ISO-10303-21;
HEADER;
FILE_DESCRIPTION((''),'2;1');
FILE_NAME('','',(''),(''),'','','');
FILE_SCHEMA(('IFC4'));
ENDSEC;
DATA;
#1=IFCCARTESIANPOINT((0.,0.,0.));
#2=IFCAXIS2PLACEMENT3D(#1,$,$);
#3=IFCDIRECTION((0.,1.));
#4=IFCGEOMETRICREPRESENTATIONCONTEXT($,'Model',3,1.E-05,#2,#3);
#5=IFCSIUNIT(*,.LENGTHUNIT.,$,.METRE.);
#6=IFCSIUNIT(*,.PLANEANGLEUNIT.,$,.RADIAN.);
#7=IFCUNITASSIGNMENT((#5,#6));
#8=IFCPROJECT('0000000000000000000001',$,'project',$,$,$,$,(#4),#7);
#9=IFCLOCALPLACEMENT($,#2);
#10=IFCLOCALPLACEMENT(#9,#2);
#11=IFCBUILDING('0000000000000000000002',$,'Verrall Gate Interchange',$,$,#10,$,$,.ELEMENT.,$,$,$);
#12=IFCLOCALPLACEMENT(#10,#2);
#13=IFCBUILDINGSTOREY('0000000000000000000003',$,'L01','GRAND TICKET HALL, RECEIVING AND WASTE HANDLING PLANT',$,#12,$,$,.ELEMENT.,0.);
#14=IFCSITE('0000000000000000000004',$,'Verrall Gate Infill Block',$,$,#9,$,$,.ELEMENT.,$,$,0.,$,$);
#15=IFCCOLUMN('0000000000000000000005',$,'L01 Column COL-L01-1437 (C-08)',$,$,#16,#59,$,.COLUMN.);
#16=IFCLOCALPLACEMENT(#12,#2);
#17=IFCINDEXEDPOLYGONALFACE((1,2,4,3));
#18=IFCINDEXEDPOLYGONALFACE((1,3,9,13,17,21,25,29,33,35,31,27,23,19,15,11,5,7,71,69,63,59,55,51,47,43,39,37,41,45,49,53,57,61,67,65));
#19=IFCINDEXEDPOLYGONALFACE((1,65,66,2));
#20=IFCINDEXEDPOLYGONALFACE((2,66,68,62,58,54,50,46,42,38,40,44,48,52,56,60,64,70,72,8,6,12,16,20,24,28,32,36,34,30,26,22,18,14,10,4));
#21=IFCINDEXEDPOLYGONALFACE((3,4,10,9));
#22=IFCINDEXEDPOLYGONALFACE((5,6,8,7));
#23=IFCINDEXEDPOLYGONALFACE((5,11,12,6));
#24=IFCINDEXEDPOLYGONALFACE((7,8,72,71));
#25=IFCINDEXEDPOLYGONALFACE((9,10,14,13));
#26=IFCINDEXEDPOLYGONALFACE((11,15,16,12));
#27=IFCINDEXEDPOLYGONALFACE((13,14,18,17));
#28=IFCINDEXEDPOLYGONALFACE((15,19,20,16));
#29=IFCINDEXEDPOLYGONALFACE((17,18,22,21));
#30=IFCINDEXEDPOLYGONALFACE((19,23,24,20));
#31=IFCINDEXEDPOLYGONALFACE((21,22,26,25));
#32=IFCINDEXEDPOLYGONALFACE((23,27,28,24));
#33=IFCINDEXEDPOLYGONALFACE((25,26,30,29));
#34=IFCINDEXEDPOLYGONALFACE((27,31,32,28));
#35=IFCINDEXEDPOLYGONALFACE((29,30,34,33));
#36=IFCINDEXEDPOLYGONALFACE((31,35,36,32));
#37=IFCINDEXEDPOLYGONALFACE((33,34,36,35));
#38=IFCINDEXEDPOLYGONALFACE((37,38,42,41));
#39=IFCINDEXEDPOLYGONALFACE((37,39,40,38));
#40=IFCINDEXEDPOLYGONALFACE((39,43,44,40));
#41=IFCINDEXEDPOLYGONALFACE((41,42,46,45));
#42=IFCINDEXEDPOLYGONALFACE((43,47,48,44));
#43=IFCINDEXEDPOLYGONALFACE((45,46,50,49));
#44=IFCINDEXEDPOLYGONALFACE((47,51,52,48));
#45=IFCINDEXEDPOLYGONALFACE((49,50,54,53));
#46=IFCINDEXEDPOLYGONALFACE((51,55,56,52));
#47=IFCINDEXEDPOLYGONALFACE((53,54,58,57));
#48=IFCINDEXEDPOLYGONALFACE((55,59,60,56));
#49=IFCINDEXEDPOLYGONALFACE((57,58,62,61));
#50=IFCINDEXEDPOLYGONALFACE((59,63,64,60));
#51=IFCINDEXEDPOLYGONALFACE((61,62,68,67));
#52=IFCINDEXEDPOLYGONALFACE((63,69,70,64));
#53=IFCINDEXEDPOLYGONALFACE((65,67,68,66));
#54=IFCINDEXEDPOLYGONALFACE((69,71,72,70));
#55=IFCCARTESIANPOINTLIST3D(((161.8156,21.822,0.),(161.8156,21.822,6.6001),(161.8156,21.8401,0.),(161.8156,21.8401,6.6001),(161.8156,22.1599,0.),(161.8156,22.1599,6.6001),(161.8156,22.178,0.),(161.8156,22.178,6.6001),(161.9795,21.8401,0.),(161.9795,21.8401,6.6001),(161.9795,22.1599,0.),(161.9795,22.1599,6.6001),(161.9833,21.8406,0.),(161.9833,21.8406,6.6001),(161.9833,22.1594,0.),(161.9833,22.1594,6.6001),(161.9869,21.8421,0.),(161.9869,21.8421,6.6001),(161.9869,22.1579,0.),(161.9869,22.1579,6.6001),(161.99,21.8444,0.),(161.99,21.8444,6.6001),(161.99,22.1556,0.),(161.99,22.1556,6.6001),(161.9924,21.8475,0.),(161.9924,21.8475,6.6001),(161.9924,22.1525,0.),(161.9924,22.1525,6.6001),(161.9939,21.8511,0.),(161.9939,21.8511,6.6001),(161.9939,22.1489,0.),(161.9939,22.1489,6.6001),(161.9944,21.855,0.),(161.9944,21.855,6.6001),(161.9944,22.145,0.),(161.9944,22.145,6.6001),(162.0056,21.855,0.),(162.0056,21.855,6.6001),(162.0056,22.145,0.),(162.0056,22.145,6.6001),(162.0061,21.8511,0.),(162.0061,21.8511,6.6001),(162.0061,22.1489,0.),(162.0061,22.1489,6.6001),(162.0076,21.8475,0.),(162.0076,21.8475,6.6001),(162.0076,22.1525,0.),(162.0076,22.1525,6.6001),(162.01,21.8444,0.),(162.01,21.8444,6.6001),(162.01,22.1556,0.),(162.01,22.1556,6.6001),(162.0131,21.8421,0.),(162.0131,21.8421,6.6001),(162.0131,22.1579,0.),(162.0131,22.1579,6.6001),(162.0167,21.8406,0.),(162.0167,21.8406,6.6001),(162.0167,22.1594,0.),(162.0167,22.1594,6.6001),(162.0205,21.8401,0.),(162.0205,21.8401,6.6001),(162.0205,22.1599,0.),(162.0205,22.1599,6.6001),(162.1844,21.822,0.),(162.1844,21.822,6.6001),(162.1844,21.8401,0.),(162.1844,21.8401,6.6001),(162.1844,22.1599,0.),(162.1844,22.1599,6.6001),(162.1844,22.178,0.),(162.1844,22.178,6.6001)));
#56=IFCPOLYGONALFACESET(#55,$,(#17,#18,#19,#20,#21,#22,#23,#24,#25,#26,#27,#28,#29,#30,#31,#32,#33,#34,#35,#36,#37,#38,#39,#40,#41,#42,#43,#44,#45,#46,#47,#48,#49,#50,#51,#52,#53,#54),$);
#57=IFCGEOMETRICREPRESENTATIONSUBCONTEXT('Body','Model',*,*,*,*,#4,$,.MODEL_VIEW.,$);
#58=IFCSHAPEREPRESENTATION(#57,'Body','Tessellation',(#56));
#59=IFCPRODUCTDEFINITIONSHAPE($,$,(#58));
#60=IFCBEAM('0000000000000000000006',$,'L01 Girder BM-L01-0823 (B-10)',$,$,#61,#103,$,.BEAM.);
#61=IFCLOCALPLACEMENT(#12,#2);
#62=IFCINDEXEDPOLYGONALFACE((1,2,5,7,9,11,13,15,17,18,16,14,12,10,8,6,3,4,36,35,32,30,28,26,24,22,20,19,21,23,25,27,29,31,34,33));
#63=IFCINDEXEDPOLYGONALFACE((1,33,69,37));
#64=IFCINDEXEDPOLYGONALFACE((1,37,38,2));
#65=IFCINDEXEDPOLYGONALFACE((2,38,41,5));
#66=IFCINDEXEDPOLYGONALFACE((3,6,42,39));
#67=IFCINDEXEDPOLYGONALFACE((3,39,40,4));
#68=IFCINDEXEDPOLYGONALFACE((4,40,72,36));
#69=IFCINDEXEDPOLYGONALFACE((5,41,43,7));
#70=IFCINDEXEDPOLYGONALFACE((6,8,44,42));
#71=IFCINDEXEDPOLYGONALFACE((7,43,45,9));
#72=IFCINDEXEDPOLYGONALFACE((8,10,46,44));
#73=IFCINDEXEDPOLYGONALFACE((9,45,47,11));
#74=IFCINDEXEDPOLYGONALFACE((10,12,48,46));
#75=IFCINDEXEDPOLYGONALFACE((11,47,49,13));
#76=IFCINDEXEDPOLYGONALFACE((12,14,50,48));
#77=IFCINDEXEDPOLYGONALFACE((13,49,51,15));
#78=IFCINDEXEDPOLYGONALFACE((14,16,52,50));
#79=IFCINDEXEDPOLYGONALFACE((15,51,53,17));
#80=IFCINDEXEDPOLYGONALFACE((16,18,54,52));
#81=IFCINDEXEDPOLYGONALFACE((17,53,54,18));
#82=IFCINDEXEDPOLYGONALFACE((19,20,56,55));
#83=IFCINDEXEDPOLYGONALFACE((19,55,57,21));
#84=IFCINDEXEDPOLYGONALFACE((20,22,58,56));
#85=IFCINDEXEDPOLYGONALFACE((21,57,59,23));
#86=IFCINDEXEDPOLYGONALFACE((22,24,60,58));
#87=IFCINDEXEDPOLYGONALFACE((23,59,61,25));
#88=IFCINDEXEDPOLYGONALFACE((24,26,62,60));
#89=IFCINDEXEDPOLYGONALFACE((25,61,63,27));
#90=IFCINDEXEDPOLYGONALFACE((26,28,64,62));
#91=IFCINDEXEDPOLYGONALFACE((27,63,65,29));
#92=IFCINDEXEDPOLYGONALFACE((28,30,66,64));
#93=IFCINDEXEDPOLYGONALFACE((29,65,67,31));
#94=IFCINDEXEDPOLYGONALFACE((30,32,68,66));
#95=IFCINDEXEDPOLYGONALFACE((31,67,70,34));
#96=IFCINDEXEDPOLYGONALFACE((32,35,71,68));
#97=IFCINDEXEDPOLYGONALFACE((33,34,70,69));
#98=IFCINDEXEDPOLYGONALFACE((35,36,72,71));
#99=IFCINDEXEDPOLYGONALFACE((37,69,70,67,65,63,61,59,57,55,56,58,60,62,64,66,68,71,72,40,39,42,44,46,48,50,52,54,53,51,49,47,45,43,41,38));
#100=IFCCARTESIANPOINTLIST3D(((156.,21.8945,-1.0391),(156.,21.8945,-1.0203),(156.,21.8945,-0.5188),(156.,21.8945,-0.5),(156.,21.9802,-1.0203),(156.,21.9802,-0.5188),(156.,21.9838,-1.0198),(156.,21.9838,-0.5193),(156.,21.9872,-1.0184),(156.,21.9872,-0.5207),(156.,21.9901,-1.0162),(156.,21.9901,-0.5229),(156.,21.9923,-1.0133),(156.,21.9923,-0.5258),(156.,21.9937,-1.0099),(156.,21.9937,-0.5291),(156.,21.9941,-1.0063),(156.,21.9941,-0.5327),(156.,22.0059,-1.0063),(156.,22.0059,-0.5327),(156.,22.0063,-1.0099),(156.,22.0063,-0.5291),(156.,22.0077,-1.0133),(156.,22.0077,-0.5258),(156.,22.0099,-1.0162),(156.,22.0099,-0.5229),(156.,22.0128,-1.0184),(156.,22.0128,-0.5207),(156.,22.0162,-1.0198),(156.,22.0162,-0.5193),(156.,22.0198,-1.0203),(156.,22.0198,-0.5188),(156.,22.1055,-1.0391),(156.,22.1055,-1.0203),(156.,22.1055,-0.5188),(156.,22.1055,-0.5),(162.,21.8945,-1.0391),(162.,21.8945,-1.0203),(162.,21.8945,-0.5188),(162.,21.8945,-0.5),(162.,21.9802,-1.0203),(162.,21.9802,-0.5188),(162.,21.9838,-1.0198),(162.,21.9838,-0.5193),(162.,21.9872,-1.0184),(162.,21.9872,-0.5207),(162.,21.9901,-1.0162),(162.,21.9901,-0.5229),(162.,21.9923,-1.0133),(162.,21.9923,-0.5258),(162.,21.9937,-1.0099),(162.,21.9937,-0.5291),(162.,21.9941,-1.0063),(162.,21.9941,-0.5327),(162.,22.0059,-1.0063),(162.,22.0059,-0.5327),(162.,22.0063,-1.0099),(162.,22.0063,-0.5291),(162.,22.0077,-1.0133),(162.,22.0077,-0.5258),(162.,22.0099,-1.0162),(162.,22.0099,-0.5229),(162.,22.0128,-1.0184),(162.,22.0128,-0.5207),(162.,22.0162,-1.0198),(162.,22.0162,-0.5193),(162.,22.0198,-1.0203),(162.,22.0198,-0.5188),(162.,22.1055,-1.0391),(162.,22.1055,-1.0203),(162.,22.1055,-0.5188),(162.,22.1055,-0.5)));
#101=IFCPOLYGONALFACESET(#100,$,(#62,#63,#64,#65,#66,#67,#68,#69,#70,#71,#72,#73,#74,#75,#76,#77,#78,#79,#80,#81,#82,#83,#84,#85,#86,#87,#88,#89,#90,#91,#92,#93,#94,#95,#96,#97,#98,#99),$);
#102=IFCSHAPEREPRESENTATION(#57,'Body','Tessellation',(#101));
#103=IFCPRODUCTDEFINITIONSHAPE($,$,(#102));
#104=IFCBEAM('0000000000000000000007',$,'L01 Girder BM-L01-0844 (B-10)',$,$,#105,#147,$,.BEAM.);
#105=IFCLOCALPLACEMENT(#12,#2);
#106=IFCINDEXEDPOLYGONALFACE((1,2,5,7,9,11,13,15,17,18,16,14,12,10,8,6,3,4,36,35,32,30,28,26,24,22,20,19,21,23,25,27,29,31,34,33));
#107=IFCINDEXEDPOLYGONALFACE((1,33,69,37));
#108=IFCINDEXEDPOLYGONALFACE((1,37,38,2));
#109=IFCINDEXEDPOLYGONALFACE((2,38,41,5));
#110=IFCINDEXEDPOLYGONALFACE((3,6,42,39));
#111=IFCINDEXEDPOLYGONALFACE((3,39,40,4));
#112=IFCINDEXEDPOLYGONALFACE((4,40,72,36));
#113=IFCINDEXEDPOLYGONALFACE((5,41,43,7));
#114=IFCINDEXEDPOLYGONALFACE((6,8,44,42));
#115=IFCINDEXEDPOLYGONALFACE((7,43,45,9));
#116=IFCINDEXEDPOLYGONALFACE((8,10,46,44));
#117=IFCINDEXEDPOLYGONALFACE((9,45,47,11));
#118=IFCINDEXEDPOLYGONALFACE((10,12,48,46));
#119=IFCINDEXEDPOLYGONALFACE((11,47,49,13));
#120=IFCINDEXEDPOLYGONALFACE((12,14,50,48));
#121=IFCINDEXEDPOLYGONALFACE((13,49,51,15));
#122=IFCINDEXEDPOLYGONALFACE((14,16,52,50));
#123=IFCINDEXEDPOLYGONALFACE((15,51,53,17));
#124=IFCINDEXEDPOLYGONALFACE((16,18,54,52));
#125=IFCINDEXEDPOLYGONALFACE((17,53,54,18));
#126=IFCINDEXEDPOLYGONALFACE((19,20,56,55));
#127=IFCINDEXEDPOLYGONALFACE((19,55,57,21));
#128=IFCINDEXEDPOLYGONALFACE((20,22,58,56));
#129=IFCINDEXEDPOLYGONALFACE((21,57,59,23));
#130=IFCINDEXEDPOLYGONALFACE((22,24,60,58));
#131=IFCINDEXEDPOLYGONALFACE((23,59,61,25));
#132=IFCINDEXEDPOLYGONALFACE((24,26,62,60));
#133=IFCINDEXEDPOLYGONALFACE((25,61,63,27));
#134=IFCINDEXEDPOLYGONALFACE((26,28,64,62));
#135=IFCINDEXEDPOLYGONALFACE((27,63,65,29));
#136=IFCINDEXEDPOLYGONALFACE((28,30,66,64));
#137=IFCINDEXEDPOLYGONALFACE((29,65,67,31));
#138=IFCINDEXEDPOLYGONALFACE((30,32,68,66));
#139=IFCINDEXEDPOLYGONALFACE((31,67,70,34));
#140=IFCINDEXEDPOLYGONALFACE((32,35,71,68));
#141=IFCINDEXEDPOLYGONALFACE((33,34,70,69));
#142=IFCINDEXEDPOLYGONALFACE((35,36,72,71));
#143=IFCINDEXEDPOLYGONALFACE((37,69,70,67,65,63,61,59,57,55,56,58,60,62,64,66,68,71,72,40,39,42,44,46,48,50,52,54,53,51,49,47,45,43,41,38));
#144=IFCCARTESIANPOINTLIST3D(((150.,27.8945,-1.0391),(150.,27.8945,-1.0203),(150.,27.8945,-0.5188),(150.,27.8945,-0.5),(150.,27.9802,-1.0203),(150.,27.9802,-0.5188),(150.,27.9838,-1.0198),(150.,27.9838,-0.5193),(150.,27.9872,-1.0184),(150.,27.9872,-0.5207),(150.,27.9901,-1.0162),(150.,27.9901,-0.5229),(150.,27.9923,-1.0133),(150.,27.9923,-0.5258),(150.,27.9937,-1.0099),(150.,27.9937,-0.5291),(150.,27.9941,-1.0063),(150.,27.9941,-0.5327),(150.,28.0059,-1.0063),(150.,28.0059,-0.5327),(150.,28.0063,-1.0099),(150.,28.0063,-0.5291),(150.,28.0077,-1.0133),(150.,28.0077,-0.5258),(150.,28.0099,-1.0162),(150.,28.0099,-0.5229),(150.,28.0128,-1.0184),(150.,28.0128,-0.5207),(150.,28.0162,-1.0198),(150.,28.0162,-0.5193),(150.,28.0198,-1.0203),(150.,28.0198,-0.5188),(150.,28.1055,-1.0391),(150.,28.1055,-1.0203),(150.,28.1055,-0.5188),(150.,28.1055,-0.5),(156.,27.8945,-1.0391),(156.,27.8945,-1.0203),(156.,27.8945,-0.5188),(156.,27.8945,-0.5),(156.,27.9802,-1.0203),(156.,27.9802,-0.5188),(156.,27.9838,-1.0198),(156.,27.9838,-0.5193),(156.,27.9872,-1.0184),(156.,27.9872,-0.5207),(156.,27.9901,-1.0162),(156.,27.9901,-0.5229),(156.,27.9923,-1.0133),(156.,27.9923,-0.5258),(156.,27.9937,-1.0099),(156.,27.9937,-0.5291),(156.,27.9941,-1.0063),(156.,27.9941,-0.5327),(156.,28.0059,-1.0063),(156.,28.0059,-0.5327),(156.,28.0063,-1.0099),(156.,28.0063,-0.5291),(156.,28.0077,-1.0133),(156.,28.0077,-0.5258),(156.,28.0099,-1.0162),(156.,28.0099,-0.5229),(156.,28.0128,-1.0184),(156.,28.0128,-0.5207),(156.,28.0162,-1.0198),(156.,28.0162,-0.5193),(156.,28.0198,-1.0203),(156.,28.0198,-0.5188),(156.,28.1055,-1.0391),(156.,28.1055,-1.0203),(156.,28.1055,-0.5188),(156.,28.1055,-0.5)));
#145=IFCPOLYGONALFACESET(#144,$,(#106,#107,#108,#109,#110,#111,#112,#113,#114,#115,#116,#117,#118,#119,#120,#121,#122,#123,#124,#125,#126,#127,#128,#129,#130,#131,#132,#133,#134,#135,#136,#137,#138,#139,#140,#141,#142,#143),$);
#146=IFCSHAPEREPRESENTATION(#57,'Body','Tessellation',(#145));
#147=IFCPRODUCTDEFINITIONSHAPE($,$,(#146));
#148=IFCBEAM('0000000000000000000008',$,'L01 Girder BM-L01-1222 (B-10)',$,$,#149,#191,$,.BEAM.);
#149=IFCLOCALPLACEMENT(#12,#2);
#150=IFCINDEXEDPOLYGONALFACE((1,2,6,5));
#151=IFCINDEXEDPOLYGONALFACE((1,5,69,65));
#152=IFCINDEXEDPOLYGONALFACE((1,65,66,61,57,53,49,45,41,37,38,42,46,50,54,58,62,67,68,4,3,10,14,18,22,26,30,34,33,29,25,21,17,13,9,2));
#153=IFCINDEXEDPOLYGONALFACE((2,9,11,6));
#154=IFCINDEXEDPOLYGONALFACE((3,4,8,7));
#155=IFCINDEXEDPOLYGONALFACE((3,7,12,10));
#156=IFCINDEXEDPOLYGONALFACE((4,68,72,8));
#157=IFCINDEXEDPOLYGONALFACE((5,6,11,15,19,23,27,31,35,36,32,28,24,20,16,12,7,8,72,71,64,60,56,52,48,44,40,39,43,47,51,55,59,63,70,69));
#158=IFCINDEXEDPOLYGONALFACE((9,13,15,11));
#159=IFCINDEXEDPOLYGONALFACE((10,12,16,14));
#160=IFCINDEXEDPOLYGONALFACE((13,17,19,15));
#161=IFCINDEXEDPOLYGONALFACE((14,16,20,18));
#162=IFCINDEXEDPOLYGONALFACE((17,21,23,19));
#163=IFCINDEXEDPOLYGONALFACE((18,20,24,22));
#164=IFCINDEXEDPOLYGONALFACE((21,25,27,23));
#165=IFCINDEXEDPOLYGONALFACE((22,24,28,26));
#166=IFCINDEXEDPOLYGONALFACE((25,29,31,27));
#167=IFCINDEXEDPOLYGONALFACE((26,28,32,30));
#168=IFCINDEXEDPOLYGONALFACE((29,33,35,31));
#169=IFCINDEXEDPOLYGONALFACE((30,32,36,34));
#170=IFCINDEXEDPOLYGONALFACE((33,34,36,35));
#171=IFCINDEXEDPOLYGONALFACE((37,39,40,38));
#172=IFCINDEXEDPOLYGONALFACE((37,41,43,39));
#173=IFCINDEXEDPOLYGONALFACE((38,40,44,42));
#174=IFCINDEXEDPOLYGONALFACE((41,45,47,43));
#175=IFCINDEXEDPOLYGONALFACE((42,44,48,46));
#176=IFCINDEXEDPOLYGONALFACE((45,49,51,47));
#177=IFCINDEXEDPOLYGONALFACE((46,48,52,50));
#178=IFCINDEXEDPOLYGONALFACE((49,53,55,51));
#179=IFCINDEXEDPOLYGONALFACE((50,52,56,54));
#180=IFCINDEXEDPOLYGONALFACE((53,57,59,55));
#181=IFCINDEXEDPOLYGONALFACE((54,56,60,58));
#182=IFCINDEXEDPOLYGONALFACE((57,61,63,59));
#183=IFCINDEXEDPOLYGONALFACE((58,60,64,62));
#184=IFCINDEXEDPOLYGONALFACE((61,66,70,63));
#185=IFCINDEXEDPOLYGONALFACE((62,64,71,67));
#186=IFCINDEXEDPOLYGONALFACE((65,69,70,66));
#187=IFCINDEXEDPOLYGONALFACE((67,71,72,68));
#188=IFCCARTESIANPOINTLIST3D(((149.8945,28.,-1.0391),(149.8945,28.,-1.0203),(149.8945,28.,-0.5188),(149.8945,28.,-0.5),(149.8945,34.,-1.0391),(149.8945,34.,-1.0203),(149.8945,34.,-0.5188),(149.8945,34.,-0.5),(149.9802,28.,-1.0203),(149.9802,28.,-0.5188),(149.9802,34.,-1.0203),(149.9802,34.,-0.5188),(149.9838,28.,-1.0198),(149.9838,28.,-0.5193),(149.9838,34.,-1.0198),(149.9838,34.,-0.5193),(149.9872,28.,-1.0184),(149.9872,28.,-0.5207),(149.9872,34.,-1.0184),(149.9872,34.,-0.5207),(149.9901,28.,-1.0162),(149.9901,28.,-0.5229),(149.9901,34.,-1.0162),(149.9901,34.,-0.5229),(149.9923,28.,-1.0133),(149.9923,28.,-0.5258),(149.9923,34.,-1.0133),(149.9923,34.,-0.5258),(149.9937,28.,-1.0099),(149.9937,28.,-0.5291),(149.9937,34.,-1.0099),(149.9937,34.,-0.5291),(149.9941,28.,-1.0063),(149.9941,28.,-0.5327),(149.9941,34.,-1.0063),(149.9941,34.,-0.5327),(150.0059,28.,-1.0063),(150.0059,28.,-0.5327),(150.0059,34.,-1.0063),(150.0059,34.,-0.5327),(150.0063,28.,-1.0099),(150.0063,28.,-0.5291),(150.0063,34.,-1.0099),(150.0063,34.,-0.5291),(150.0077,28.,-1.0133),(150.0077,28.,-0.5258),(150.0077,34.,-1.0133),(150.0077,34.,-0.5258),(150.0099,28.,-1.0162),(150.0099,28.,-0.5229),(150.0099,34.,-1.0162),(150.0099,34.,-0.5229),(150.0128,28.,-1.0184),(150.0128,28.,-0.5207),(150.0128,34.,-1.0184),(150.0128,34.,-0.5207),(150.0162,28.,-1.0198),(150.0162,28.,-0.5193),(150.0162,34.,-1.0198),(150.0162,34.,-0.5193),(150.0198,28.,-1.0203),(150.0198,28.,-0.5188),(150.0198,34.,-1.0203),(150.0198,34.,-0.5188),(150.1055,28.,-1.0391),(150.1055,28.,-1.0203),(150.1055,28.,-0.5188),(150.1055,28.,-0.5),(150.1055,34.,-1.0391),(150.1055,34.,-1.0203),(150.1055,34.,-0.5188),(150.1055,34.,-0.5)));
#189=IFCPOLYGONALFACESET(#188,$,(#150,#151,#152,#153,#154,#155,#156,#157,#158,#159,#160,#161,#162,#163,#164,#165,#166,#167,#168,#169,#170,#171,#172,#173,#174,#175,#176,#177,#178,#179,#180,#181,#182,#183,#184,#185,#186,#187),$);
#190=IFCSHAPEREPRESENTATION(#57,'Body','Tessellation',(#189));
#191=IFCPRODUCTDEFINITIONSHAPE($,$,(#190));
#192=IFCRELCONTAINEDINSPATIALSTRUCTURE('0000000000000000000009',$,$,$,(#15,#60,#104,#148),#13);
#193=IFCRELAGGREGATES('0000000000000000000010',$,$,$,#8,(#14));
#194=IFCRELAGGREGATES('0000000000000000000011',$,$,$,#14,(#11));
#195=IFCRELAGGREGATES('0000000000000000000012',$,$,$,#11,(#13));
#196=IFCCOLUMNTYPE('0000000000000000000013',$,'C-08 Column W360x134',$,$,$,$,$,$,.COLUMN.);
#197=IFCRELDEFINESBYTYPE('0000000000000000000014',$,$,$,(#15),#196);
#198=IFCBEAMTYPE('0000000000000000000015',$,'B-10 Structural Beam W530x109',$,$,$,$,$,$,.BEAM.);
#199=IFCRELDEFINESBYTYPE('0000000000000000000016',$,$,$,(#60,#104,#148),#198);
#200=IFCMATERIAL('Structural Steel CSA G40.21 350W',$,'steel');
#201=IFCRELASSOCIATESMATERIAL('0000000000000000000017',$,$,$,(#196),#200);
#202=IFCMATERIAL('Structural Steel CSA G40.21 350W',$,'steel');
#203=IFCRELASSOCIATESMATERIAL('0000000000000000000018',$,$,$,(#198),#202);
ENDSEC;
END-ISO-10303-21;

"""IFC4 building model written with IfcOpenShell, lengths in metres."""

from ifc_helpers import new_model, si_unit, direction, frame, origin, origin_2d, place, context, subcontext, project, spatial, i_section, extrude, material, material_profile, profile_set, type_object, element, save


model = new_model("IFC4")

# Units and contexts
model_context = context("Model", 3, precision=1e-05, world=origin(), true_north=direction((0.0, 1.0)))
body_context = subcontext(model_context, "Body", "Model", "MODEL_VIEW")
ifc_project = project(units=[si_unit("LENGTHUNIT", "METRE"), si_unit("PLANEANGLEUNIT", "RADIAN")], contexts=[model_context])

# Site, building, storey
site_placement = place(None, origin())
site = spatial("IfcSite", under=ifc_project, at=site_placement, Name="Verrall Gate Infill Block", CompositionType="ELEMENT", RefElevation=0.0)
building_placement = place(site_placement, origin())
building = spatial("IfcBuilding", under=site, at=building_placement, Name="Verrall Gate Interchange", CompositionType="ELEMENT")
storey_placement = place(building_placement, origin())
storey = spatial("IfcBuildingStorey", under=building, at=storey_placement, Name="L01", Description="GRAND TICKET HALL, RECEIVING AND WASTE HANDLING PLANT", CompositionType="ELEMENT", Elevation=0.0)

# Column
ifc_material_1 = material(Name="Structural Steel CSA G40.21 350W", Category="steel")
ifc_material_profile_1 = material_profile(ifc_material_1, i_section(OverallWidth=0.3689, OverallDepth=0.356, WebThickness=0.0112, FlangeThickness=0.0181, FilletRadius=0.0149, at=origin_2d()), Name="W360x134")
ifc_profile_set_1 = profile_set([ifc_material_profile_1], Name="Structural Steel CSA G40.21 350W")
column_type = type_object("IfcColumnType", Name="C-08 Column W360x134", PredefinedType="COLUMN", material=ifc_profile_set_1)
for number, where, z_axis, x_axis, name in (
    (1, (162.0, 22.0, 0.0), (0.0, 0.0, 1.0), (1.0, 0.0, 0.0), "L01 Column COL-L01-1437 (C-08)"),
):
    element("IfcColumn", number, at=place(storey_placement, frame(where, z_axis=z_axis, x_axis=x_axis)), inside=storey, type_object=column_type, Name=name, PredefinedType="COLUMN", context=body_context, shape_type="SweptSolid", body=[
        extrude(i_section(OverallWidth=0.3689, OverallDepth=0.356, WebThickness=0.0112, FlangeThickness=0.0181, FilletRadius=0.0149, at=origin_2d()), origin(), (0.0, 0.0, 1.0), 6.6001),
    ])

# Beams
ifc_material_2 = material(Name="Structural Steel CSA G40.21 350W", Category="steel")
ifc_material_profile_2 = material_profile(ifc_material_2, i_section(OverallWidth=0.2109, OverallDepth=0.5391, WebThickness=0.0117, FlangeThickness=0.0188, FilletRadius=0.0139, at=origin_2d()), Name="W530x109")
ifc_profile_set_2 = profile_set([ifc_material_profile_2], Name="Structural Steel CSA G40.21 350W")
beam_type_1 = type_object("IfcBeamType", Name="B-10 Structural Beam W530x109", PredefinedType="BEAM", material=ifc_profile_set_2)
for number, where, z_axis, x_axis, name in (
    (2, (156.0, 22.0, -0.7695), (1.0, 0.0, 0.0), (0.0, 1.0, 0.0), "L01 Girder BM-L01-0823 (B-10)"),
    (3, (150.0, 28.0, -0.7695), (1.0, 0.0, 0.0), (0.0, 1.0, 0.0), "L01 Girder BM-L01-0844 (B-10)"),
    (4, (150.0, 28.0, -0.7695), (0.0, 1.0, 0.0), (-1.0, 0.0, 0.0), "L01 Girder BM-L01-1222 (B-10)"),
):
    element("IfcBeam", number, at=place(storey_placement, frame(where, z_axis=z_axis, x_axis=x_axis)), inside=storey, type_object=beam_type_1, Name=name, PredefinedType="BEAM", context=body_context, shape_type="SweptSolid", body=[
        extrude(i_section(OverallWidth=0.2109, OverallDepth=0.5391, WebThickness=0.0117, FlangeThickness=0.0188, FilletRadius=0.0139, at=origin_2d()), origin(), (0.0, 0.0, 1.0), 6.0),
    ])

save(model, "model.ifc")
